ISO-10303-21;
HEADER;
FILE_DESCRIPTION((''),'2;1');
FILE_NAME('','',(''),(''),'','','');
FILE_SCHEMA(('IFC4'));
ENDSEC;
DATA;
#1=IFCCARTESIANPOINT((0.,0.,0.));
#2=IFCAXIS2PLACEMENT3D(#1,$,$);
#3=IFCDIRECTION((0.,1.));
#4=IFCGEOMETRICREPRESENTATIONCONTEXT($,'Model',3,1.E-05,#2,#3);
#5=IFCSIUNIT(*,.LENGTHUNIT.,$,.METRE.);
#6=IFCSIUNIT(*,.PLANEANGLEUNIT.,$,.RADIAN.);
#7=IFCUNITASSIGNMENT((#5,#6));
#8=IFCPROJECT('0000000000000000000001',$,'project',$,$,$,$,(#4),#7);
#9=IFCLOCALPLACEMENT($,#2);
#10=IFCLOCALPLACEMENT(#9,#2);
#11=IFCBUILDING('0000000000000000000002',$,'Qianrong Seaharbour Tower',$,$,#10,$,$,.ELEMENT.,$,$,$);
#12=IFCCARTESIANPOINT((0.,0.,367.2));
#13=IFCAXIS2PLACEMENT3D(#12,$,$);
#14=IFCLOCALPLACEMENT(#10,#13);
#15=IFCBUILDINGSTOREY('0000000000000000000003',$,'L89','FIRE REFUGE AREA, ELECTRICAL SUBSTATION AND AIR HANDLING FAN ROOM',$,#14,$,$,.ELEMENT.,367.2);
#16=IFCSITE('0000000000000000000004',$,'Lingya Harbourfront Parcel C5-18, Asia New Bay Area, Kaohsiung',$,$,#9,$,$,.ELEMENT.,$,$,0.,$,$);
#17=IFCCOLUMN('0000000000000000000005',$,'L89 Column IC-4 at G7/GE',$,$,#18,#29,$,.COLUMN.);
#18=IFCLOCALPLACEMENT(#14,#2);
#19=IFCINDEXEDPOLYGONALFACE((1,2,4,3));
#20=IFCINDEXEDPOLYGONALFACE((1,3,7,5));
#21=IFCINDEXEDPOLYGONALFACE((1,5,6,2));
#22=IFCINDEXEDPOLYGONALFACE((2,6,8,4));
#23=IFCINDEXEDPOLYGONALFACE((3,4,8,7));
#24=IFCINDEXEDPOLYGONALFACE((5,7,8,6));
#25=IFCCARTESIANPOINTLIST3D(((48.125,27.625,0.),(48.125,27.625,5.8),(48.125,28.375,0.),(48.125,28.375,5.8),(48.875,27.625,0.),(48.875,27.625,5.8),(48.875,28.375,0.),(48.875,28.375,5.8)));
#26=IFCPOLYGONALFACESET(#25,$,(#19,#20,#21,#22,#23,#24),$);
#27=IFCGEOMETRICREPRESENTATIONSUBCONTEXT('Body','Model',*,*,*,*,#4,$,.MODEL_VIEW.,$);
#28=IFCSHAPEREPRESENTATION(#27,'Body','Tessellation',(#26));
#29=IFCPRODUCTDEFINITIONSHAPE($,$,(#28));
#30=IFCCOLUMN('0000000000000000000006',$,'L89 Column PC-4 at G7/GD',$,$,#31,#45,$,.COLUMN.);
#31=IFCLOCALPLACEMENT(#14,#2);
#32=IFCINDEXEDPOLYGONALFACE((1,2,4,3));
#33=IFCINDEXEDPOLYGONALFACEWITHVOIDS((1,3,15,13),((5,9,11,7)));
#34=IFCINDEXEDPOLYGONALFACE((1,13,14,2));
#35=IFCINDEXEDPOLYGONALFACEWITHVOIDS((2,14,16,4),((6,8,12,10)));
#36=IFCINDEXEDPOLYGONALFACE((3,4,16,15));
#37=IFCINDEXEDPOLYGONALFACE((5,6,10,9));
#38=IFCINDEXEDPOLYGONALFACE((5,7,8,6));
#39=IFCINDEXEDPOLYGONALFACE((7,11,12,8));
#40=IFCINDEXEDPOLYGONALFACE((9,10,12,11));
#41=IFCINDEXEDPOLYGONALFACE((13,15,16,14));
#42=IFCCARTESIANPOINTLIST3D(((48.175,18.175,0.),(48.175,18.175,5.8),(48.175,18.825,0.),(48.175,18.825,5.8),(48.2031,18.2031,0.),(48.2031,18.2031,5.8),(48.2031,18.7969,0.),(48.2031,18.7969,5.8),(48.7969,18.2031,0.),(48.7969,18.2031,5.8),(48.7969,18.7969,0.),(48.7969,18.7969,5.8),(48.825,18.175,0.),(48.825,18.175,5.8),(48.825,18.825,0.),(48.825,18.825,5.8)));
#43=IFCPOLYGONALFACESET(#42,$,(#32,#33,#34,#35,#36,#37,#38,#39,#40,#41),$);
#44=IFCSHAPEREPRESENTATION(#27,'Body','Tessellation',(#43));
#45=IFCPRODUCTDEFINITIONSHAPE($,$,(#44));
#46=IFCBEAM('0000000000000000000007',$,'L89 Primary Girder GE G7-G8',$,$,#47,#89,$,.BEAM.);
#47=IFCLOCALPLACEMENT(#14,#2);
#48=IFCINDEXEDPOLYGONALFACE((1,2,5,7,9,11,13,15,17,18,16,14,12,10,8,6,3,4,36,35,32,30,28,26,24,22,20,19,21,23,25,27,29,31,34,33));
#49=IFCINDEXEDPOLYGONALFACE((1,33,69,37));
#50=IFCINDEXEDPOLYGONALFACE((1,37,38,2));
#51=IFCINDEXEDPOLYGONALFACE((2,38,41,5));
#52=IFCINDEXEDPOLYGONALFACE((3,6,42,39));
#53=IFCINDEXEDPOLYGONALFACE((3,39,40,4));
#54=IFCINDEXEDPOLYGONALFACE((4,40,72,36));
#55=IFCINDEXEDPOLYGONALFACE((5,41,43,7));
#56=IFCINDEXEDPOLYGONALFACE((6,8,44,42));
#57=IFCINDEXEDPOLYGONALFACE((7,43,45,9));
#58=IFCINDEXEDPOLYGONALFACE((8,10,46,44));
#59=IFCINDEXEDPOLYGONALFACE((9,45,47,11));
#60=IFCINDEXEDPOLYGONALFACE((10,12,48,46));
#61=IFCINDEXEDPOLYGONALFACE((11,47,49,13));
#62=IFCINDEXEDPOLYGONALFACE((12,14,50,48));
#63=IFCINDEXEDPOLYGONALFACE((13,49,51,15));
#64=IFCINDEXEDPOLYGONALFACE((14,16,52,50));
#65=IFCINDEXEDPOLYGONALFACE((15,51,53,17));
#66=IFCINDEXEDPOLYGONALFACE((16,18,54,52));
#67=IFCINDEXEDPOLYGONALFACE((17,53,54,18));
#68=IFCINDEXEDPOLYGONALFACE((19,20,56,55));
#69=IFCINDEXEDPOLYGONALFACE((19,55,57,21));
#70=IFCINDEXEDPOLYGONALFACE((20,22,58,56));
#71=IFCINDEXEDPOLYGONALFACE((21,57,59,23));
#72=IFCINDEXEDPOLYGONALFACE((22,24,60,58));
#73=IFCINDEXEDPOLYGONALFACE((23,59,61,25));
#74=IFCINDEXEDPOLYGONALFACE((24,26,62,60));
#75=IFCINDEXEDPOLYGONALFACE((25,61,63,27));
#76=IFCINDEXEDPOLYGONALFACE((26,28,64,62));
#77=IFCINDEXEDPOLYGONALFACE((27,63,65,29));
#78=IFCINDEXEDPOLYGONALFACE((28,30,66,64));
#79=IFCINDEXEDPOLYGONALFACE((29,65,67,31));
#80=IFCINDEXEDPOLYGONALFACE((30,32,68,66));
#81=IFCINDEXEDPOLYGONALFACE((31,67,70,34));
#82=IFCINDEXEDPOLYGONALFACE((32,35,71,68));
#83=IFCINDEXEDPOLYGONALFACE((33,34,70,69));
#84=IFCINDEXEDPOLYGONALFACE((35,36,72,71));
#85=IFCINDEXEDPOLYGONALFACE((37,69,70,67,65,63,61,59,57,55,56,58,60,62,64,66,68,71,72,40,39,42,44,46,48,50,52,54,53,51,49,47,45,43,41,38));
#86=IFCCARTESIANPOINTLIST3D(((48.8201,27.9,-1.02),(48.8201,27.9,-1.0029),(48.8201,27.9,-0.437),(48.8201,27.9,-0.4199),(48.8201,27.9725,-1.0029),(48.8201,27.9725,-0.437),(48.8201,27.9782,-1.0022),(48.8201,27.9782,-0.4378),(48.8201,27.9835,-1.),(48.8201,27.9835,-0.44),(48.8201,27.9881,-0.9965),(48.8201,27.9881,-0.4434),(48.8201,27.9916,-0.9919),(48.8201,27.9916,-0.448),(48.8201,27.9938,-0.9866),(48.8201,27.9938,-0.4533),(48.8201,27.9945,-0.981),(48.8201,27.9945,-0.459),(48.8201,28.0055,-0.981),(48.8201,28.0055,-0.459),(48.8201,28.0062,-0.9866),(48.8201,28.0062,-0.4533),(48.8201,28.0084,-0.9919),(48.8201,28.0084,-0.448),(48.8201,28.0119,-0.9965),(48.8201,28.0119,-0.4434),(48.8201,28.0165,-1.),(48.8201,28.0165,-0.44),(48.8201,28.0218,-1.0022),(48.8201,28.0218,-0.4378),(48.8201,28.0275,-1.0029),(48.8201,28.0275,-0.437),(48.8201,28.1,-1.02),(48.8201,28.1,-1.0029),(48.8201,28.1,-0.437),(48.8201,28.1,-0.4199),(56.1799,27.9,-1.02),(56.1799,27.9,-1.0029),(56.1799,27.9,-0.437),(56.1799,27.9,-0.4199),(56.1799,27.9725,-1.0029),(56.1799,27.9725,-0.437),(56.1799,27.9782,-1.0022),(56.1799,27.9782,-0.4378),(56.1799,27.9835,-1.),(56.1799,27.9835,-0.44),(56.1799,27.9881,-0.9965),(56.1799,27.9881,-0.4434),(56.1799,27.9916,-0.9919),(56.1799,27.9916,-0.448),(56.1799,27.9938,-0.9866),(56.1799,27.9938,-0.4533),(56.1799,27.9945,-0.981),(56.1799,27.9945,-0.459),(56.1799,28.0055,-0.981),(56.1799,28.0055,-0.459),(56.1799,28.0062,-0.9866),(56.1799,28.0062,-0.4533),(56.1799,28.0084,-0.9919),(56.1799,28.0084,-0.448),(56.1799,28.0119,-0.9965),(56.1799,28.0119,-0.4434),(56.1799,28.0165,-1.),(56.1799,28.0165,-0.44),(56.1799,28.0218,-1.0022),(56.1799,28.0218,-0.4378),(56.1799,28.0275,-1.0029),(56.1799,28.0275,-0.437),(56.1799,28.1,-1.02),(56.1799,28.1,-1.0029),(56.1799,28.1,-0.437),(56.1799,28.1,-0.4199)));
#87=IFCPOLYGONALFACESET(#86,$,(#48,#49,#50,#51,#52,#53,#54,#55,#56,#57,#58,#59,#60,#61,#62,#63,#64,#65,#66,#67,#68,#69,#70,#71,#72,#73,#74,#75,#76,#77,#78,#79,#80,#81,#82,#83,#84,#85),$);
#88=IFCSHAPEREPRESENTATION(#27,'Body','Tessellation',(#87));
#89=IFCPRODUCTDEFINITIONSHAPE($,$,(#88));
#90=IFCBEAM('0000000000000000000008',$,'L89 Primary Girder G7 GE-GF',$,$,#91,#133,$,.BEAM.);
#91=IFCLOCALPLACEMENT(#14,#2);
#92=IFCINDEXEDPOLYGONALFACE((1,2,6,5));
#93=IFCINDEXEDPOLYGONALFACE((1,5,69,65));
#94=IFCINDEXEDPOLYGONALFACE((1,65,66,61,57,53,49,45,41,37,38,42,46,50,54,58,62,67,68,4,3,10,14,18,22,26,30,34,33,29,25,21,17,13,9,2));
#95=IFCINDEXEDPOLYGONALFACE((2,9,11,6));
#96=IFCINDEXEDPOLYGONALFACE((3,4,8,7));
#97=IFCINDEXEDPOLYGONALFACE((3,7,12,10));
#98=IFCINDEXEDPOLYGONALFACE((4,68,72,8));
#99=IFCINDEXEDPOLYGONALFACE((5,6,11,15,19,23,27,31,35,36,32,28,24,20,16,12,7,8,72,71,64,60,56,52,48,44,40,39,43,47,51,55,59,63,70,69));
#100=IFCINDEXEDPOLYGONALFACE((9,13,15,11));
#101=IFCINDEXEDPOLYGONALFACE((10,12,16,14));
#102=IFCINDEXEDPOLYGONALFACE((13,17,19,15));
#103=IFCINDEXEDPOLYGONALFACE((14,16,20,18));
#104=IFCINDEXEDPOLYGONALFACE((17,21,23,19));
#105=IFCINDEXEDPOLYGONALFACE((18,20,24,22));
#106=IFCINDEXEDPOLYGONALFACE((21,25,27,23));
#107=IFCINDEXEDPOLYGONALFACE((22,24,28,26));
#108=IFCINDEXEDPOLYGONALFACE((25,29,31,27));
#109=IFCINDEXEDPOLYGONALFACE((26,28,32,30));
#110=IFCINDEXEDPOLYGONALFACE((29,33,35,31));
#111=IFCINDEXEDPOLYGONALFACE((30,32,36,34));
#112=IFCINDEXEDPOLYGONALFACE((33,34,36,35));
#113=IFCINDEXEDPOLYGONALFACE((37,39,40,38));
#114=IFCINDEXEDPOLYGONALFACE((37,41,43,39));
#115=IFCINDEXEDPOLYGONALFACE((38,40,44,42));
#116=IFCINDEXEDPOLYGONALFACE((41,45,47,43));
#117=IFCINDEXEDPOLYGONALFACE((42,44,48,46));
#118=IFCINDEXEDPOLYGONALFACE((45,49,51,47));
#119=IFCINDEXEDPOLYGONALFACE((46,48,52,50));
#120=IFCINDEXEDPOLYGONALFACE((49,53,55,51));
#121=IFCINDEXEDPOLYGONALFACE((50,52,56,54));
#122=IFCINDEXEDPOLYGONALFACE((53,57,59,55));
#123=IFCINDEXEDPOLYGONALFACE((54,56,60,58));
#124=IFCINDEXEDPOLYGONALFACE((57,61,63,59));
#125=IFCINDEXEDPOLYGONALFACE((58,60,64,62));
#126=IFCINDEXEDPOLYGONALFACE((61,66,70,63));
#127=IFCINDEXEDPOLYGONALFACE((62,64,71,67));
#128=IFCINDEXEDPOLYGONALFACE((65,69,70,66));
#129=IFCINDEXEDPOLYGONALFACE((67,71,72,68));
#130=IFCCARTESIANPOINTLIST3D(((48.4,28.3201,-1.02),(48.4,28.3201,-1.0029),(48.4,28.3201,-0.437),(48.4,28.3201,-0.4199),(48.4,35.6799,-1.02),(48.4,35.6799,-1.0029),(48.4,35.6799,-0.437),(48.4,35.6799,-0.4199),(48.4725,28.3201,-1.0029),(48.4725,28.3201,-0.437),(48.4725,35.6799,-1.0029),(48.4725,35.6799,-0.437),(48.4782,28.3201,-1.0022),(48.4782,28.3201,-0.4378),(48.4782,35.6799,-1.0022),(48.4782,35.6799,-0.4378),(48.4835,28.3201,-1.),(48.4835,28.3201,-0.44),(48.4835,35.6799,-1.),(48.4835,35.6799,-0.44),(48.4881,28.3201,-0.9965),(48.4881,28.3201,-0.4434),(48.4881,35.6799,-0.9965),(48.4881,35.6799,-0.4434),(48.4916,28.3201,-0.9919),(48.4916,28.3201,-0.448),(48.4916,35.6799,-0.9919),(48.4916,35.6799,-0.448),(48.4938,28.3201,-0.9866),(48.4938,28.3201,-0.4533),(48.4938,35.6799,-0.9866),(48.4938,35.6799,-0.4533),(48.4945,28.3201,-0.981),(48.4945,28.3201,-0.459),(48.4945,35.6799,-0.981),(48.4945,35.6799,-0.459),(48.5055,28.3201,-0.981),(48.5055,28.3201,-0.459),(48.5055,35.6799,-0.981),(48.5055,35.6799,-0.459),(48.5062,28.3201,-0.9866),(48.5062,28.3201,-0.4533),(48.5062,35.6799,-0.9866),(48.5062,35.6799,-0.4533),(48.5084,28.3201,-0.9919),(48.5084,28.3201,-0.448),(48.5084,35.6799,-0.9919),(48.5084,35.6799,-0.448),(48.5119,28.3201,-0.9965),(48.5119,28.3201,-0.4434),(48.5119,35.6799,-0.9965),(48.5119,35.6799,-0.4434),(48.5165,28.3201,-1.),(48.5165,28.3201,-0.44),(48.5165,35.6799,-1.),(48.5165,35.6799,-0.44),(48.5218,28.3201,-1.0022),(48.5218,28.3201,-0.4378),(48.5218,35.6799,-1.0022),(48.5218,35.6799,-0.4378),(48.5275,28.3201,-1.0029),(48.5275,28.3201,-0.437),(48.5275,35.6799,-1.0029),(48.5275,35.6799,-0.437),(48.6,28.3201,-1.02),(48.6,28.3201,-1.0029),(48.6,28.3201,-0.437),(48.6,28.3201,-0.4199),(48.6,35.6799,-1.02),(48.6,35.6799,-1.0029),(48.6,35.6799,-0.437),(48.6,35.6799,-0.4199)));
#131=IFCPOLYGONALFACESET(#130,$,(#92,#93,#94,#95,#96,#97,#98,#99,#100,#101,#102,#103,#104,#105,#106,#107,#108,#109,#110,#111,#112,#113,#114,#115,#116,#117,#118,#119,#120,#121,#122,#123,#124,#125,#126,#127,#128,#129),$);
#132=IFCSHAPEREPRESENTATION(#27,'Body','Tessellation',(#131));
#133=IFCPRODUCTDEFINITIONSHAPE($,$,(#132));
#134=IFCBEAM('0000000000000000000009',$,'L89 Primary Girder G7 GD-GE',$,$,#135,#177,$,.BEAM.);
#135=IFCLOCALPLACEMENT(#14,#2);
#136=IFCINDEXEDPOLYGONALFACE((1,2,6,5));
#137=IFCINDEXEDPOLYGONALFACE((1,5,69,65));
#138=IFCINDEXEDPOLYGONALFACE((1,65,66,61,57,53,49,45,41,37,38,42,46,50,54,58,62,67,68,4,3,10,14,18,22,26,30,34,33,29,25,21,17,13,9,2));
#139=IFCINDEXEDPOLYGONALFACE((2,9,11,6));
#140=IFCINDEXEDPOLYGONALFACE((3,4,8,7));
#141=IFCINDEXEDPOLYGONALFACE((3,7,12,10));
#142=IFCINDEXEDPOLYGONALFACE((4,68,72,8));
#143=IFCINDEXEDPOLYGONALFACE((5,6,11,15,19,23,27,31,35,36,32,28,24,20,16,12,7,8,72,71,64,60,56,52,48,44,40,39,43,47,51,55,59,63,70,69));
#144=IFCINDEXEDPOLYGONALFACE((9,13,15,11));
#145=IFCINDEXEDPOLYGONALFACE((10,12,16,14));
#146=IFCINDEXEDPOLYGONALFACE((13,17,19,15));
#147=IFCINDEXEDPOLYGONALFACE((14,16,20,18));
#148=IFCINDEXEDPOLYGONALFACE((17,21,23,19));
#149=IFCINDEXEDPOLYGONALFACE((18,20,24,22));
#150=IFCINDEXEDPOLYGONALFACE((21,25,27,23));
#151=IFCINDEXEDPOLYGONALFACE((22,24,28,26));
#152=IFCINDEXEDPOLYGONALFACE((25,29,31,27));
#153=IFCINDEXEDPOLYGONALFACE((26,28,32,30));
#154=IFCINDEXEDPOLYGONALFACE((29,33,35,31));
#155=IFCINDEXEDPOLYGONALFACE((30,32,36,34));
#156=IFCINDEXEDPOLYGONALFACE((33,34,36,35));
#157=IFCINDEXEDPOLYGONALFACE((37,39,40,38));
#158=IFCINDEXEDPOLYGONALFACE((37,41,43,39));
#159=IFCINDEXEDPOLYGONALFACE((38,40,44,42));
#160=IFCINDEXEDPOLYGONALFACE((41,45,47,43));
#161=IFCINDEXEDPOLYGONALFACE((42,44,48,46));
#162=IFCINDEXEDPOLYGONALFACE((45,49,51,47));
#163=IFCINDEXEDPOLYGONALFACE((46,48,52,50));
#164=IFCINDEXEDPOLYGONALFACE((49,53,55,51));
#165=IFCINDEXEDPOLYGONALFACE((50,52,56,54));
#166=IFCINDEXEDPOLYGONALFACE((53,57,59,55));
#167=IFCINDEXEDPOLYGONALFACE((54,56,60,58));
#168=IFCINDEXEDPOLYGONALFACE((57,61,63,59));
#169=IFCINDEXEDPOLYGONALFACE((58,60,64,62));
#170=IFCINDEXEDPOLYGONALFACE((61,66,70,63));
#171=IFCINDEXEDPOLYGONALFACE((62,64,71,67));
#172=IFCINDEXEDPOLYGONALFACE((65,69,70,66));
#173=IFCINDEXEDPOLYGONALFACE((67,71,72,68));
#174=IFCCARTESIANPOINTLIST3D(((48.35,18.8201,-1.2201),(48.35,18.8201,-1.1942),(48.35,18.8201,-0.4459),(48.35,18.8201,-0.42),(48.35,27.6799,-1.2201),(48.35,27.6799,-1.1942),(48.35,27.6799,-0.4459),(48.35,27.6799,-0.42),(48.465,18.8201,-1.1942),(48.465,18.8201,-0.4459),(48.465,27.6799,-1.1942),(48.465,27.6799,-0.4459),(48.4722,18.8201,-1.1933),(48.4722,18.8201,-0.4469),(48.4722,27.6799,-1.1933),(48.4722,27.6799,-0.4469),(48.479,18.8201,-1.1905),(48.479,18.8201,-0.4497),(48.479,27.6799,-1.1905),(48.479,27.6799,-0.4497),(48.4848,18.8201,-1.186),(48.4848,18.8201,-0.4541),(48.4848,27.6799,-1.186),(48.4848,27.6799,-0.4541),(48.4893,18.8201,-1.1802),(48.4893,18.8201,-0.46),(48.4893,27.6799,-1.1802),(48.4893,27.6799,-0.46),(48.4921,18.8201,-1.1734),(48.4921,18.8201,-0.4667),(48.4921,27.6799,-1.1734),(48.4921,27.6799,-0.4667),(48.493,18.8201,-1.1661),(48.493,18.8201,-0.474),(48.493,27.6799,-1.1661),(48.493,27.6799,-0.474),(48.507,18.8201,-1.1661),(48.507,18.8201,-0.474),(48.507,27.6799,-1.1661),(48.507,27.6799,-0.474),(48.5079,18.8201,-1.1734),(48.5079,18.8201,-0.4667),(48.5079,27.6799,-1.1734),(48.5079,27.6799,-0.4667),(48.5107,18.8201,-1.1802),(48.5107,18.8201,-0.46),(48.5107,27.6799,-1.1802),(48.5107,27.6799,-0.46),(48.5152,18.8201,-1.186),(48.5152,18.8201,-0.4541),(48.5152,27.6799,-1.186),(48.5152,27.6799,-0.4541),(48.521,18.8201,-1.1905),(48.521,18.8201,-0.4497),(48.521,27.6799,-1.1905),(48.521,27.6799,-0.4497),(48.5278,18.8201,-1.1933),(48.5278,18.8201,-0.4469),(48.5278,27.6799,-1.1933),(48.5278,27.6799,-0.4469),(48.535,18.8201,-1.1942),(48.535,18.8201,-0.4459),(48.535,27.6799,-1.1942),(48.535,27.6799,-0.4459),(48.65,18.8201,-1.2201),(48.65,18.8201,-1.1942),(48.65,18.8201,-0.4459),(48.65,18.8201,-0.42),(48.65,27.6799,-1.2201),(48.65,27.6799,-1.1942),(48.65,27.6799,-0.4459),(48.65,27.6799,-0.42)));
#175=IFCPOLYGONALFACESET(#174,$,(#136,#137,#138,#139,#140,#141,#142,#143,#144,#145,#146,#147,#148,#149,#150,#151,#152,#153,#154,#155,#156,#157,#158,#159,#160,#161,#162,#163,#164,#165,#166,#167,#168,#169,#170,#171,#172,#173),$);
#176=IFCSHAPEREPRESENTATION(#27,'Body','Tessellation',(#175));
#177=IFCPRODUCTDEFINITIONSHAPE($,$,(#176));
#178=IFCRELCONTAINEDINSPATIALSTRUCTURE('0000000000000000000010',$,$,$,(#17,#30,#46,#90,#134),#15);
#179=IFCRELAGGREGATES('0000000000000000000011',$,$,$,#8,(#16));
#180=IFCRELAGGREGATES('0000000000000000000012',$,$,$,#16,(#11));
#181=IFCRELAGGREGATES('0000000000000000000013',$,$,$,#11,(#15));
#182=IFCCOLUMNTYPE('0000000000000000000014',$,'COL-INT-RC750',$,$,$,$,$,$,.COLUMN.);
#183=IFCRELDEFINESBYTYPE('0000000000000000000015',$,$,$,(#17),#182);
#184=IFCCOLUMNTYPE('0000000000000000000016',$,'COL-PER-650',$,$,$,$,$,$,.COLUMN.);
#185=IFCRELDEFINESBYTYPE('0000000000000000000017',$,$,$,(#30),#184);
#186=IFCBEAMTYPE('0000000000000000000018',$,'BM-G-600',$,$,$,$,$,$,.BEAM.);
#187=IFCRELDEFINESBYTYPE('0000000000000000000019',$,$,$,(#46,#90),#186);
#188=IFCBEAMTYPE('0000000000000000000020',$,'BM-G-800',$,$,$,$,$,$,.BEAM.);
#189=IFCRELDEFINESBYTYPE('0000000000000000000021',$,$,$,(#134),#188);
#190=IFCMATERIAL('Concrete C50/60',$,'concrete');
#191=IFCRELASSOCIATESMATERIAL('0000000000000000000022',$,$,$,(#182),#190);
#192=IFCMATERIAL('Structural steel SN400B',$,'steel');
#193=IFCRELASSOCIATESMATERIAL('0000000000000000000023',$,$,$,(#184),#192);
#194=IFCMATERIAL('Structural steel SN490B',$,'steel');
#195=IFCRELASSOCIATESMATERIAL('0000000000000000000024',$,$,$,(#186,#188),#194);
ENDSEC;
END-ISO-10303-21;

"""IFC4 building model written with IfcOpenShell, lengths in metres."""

from ifc_helpers import new_model, si_unit, direction, frame, origin, origin_2d, place, context, subcontext, project, spatial, rectangle, hollow_rectangle, i_section, extrude, material, material_profile, profile_set, type_object, element, save


model = new_model("IFC4")

# Units and contexts
model_context = context("Model", 3, precision=1e-05, world=origin(), true_north=direction((0.0, 1.0)))
body_context = subcontext(model_context, "Body", "Model", "MODEL_VIEW")
ifc_project = project(units=[si_unit("LENGTHUNIT", "METRE"), si_unit("PLANEANGLEUNIT", "RADIAN")], contexts=[model_context])

# Site, building, storey
site_placement = place(None, origin())
site = spatial("IfcSite", under=ifc_project, at=site_placement, Name="Lingya Harbourfront Parcel C5-18, Asia New Bay Area, Kaohsiung", CompositionType="ELEMENT", RefElevation=0.0)
building_placement = place(site_placement, origin())
building = spatial("IfcBuilding", under=site, at=building_placement, Name="Qianrong Seaharbour Tower", CompositionType="ELEMENT")
storey_placement = place(building_placement, frame((0.0, 0.0, 367.2)))
storey = spatial("IfcBuildingStorey", under=building, at=storey_placement, Name="L89", Description="FIRE REFUGE AREA, ELECTRICAL SUBSTATION AND AIR HANDLING FAN ROOM", CompositionType="ELEMENT", Elevation=367.2)

# Columns
ifc_material_1 = material(Name="Concrete C50/60", Category="concrete")
ifc_material_profile_1 = material_profile(ifc_material_1, rectangle(XDim=0.75, YDim=0.75, at=origin_2d()), Name="RC750x750")
ifc_profile_set_1 = profile_set([ifc_material_profile_1], Name="Concrete C50/60")
column_type_1 = type_object("IfcColumnType", Name="COL-INT-RC750", PredefinedType="COLUMN", material=ifc_profile_set_1)
column_1_placement = place(storey_placement, frame((48.5, 28.0, 0.0), z_axis=(0.0, 0.0, 1.0), x_axis=(1.0, 0.0, 0.0)))
element("IfcColumn", 1, at=column_1_placement, inside=storey, type_object=column_type_1, Name="L89 Column IC-4 at G7/GE", PredefinedType="COLUMN", context=body_context, shape_type="SweptSolid", body=[
    extrude(rectangle(XDim=0.75, YDim=0.75, at=origin_2d()), origin(), (0.0, 0.0, 1.0), 5.8),
])
ifc_material_2 = material(Name="Structural steel SN400B", Category="steel")
ifc_material_profile_2 = material_profile(ifc_material_2, hollow_rectangle(XDim=0.6499, YDim=0.6499, WallThickness=0.0281, at=origin_2d()), Name="BOX650x650x28")
ifc_profile_set_2 = profile_set([ifc_material_profile_2], Name="Structural steel SN400B")
column_type_2 = type_object("IfcColumnType", Name="COL-PER-650", PredefinedType="COLUMN", material=ifc_profile_set_2)
column_2_placement = place(storey_placement, frame((48.5, 18.5, 0.0), z_axis=(0.0, 0.0, 1.0), x_axis=(1.0, 0.0, 0.0)))
element("IfcColumn", 2, at=column_2_placement, inside=storey, type_object=column_type_2, Name="L89 Column PC-4 at G7/GD", PredefinedType="COLUMN", context=body_context, shape_type="SweptSolid", body=[
    extrude(hollow_rectangle(XDim=0.6499, YDim=0.6499, WallThickness=0.0281, at=origin_2d()), origin(), (0.0, 0.0, 1.0), 5.8),
])

# Beams
ifc_material_3 = material(Name="Structural steel SN490B", Category="steel")
ifc_material_profile_3 = material_profile(ifc_material_3, i_section(OverallWidth=0.2, OverallDepth=0.6001, WebThickness=0.011, FlangeThickness=0.0171, FilletRadius=0.022, at=origin_2d()), Name="H600x200x11x17")
ifc_profile_set_3 = profile_set([ifc_material_profile_3], Name="Structural steel SN490B")
beam_type_1 = type_object("IfcBeamType", Name="BM-G-600", PredefinedType="BEAM", material=ifc_profile_set_3)
for number, where, z_axis, x_axis, name in (
    (3, (48.8201, 28.0, -0.72), (1.0, 0.0, 0.0), (0.0, 1.0, 0.0), "L89 Primary Girder GE G7-G8"),
    (4, (48.5, 28.3201, -0.72), (0.0, 1.0, 0.0), (-1.0, 0.0, 0.0), "L89 Primary Girder G7 GE-GF"),
):
    element("IfcBeam", number, at=place(storey_placement, frame(where, z_axis=z_axis, x_axis=x_axis)), inside=storey, type_object=beam_type_1, Name=name, PredefinedType="BEAM", context=body_context, shape_type="SweptSolid", body=[
        extrude(i_section(OverallWidth=0.2, OverallDepth=0.6001, WebThickness=0.011, FlangeThickness=0.0171, FilletRadius=0.022, at=origin_2d()), origin(), (0.0, 0.0, 1.0), 7.3599),
    ])
ifc_material_profile_4 = material_profile(ifc_material_3, i_section(OverallWidth=0.3, OverallDepth=0.8, WebThickness=0.0139, FlangeThickness=0.0259, FilletRadius=0.0281, at=origin_2d()), Name="H800x300x14x26")
ifc_profile_set_4 = profile_set([ifc_material_profile_4], Name="Structural steel SN490B")
beam_type_2 = type_object("IfcBeamType", Name="BM-G-800", PredefinedType="BEAM", material=ifc_profile_set_4)
beam_1_placement = place(storey_placement, frame((48.5, 18.8201, -0.8201), z_axis=(0.0, 1.0, 0.0), x_axis=(-1.0, 0.0, 0.0)))
element("IfcBeam", 5, at=beam_1_placement, inside=storey, type_object=beam_type_2, Name="L89 Primary Girder G7 GD-GE", PredefinedType="BEAM", context=body_context, shape_type="SweptSolid", body=[
    extrude(i_section(OverallWidth=0.3, OverallDepth=0.8, WebThickness=0.0139, FlangeThickness=0.0259, FilletRadius=0.0281, at=origin_2d()), origin(), (0.0, 0.0, 1.0), 8.8599),
])

save(model, "model.ifc")
